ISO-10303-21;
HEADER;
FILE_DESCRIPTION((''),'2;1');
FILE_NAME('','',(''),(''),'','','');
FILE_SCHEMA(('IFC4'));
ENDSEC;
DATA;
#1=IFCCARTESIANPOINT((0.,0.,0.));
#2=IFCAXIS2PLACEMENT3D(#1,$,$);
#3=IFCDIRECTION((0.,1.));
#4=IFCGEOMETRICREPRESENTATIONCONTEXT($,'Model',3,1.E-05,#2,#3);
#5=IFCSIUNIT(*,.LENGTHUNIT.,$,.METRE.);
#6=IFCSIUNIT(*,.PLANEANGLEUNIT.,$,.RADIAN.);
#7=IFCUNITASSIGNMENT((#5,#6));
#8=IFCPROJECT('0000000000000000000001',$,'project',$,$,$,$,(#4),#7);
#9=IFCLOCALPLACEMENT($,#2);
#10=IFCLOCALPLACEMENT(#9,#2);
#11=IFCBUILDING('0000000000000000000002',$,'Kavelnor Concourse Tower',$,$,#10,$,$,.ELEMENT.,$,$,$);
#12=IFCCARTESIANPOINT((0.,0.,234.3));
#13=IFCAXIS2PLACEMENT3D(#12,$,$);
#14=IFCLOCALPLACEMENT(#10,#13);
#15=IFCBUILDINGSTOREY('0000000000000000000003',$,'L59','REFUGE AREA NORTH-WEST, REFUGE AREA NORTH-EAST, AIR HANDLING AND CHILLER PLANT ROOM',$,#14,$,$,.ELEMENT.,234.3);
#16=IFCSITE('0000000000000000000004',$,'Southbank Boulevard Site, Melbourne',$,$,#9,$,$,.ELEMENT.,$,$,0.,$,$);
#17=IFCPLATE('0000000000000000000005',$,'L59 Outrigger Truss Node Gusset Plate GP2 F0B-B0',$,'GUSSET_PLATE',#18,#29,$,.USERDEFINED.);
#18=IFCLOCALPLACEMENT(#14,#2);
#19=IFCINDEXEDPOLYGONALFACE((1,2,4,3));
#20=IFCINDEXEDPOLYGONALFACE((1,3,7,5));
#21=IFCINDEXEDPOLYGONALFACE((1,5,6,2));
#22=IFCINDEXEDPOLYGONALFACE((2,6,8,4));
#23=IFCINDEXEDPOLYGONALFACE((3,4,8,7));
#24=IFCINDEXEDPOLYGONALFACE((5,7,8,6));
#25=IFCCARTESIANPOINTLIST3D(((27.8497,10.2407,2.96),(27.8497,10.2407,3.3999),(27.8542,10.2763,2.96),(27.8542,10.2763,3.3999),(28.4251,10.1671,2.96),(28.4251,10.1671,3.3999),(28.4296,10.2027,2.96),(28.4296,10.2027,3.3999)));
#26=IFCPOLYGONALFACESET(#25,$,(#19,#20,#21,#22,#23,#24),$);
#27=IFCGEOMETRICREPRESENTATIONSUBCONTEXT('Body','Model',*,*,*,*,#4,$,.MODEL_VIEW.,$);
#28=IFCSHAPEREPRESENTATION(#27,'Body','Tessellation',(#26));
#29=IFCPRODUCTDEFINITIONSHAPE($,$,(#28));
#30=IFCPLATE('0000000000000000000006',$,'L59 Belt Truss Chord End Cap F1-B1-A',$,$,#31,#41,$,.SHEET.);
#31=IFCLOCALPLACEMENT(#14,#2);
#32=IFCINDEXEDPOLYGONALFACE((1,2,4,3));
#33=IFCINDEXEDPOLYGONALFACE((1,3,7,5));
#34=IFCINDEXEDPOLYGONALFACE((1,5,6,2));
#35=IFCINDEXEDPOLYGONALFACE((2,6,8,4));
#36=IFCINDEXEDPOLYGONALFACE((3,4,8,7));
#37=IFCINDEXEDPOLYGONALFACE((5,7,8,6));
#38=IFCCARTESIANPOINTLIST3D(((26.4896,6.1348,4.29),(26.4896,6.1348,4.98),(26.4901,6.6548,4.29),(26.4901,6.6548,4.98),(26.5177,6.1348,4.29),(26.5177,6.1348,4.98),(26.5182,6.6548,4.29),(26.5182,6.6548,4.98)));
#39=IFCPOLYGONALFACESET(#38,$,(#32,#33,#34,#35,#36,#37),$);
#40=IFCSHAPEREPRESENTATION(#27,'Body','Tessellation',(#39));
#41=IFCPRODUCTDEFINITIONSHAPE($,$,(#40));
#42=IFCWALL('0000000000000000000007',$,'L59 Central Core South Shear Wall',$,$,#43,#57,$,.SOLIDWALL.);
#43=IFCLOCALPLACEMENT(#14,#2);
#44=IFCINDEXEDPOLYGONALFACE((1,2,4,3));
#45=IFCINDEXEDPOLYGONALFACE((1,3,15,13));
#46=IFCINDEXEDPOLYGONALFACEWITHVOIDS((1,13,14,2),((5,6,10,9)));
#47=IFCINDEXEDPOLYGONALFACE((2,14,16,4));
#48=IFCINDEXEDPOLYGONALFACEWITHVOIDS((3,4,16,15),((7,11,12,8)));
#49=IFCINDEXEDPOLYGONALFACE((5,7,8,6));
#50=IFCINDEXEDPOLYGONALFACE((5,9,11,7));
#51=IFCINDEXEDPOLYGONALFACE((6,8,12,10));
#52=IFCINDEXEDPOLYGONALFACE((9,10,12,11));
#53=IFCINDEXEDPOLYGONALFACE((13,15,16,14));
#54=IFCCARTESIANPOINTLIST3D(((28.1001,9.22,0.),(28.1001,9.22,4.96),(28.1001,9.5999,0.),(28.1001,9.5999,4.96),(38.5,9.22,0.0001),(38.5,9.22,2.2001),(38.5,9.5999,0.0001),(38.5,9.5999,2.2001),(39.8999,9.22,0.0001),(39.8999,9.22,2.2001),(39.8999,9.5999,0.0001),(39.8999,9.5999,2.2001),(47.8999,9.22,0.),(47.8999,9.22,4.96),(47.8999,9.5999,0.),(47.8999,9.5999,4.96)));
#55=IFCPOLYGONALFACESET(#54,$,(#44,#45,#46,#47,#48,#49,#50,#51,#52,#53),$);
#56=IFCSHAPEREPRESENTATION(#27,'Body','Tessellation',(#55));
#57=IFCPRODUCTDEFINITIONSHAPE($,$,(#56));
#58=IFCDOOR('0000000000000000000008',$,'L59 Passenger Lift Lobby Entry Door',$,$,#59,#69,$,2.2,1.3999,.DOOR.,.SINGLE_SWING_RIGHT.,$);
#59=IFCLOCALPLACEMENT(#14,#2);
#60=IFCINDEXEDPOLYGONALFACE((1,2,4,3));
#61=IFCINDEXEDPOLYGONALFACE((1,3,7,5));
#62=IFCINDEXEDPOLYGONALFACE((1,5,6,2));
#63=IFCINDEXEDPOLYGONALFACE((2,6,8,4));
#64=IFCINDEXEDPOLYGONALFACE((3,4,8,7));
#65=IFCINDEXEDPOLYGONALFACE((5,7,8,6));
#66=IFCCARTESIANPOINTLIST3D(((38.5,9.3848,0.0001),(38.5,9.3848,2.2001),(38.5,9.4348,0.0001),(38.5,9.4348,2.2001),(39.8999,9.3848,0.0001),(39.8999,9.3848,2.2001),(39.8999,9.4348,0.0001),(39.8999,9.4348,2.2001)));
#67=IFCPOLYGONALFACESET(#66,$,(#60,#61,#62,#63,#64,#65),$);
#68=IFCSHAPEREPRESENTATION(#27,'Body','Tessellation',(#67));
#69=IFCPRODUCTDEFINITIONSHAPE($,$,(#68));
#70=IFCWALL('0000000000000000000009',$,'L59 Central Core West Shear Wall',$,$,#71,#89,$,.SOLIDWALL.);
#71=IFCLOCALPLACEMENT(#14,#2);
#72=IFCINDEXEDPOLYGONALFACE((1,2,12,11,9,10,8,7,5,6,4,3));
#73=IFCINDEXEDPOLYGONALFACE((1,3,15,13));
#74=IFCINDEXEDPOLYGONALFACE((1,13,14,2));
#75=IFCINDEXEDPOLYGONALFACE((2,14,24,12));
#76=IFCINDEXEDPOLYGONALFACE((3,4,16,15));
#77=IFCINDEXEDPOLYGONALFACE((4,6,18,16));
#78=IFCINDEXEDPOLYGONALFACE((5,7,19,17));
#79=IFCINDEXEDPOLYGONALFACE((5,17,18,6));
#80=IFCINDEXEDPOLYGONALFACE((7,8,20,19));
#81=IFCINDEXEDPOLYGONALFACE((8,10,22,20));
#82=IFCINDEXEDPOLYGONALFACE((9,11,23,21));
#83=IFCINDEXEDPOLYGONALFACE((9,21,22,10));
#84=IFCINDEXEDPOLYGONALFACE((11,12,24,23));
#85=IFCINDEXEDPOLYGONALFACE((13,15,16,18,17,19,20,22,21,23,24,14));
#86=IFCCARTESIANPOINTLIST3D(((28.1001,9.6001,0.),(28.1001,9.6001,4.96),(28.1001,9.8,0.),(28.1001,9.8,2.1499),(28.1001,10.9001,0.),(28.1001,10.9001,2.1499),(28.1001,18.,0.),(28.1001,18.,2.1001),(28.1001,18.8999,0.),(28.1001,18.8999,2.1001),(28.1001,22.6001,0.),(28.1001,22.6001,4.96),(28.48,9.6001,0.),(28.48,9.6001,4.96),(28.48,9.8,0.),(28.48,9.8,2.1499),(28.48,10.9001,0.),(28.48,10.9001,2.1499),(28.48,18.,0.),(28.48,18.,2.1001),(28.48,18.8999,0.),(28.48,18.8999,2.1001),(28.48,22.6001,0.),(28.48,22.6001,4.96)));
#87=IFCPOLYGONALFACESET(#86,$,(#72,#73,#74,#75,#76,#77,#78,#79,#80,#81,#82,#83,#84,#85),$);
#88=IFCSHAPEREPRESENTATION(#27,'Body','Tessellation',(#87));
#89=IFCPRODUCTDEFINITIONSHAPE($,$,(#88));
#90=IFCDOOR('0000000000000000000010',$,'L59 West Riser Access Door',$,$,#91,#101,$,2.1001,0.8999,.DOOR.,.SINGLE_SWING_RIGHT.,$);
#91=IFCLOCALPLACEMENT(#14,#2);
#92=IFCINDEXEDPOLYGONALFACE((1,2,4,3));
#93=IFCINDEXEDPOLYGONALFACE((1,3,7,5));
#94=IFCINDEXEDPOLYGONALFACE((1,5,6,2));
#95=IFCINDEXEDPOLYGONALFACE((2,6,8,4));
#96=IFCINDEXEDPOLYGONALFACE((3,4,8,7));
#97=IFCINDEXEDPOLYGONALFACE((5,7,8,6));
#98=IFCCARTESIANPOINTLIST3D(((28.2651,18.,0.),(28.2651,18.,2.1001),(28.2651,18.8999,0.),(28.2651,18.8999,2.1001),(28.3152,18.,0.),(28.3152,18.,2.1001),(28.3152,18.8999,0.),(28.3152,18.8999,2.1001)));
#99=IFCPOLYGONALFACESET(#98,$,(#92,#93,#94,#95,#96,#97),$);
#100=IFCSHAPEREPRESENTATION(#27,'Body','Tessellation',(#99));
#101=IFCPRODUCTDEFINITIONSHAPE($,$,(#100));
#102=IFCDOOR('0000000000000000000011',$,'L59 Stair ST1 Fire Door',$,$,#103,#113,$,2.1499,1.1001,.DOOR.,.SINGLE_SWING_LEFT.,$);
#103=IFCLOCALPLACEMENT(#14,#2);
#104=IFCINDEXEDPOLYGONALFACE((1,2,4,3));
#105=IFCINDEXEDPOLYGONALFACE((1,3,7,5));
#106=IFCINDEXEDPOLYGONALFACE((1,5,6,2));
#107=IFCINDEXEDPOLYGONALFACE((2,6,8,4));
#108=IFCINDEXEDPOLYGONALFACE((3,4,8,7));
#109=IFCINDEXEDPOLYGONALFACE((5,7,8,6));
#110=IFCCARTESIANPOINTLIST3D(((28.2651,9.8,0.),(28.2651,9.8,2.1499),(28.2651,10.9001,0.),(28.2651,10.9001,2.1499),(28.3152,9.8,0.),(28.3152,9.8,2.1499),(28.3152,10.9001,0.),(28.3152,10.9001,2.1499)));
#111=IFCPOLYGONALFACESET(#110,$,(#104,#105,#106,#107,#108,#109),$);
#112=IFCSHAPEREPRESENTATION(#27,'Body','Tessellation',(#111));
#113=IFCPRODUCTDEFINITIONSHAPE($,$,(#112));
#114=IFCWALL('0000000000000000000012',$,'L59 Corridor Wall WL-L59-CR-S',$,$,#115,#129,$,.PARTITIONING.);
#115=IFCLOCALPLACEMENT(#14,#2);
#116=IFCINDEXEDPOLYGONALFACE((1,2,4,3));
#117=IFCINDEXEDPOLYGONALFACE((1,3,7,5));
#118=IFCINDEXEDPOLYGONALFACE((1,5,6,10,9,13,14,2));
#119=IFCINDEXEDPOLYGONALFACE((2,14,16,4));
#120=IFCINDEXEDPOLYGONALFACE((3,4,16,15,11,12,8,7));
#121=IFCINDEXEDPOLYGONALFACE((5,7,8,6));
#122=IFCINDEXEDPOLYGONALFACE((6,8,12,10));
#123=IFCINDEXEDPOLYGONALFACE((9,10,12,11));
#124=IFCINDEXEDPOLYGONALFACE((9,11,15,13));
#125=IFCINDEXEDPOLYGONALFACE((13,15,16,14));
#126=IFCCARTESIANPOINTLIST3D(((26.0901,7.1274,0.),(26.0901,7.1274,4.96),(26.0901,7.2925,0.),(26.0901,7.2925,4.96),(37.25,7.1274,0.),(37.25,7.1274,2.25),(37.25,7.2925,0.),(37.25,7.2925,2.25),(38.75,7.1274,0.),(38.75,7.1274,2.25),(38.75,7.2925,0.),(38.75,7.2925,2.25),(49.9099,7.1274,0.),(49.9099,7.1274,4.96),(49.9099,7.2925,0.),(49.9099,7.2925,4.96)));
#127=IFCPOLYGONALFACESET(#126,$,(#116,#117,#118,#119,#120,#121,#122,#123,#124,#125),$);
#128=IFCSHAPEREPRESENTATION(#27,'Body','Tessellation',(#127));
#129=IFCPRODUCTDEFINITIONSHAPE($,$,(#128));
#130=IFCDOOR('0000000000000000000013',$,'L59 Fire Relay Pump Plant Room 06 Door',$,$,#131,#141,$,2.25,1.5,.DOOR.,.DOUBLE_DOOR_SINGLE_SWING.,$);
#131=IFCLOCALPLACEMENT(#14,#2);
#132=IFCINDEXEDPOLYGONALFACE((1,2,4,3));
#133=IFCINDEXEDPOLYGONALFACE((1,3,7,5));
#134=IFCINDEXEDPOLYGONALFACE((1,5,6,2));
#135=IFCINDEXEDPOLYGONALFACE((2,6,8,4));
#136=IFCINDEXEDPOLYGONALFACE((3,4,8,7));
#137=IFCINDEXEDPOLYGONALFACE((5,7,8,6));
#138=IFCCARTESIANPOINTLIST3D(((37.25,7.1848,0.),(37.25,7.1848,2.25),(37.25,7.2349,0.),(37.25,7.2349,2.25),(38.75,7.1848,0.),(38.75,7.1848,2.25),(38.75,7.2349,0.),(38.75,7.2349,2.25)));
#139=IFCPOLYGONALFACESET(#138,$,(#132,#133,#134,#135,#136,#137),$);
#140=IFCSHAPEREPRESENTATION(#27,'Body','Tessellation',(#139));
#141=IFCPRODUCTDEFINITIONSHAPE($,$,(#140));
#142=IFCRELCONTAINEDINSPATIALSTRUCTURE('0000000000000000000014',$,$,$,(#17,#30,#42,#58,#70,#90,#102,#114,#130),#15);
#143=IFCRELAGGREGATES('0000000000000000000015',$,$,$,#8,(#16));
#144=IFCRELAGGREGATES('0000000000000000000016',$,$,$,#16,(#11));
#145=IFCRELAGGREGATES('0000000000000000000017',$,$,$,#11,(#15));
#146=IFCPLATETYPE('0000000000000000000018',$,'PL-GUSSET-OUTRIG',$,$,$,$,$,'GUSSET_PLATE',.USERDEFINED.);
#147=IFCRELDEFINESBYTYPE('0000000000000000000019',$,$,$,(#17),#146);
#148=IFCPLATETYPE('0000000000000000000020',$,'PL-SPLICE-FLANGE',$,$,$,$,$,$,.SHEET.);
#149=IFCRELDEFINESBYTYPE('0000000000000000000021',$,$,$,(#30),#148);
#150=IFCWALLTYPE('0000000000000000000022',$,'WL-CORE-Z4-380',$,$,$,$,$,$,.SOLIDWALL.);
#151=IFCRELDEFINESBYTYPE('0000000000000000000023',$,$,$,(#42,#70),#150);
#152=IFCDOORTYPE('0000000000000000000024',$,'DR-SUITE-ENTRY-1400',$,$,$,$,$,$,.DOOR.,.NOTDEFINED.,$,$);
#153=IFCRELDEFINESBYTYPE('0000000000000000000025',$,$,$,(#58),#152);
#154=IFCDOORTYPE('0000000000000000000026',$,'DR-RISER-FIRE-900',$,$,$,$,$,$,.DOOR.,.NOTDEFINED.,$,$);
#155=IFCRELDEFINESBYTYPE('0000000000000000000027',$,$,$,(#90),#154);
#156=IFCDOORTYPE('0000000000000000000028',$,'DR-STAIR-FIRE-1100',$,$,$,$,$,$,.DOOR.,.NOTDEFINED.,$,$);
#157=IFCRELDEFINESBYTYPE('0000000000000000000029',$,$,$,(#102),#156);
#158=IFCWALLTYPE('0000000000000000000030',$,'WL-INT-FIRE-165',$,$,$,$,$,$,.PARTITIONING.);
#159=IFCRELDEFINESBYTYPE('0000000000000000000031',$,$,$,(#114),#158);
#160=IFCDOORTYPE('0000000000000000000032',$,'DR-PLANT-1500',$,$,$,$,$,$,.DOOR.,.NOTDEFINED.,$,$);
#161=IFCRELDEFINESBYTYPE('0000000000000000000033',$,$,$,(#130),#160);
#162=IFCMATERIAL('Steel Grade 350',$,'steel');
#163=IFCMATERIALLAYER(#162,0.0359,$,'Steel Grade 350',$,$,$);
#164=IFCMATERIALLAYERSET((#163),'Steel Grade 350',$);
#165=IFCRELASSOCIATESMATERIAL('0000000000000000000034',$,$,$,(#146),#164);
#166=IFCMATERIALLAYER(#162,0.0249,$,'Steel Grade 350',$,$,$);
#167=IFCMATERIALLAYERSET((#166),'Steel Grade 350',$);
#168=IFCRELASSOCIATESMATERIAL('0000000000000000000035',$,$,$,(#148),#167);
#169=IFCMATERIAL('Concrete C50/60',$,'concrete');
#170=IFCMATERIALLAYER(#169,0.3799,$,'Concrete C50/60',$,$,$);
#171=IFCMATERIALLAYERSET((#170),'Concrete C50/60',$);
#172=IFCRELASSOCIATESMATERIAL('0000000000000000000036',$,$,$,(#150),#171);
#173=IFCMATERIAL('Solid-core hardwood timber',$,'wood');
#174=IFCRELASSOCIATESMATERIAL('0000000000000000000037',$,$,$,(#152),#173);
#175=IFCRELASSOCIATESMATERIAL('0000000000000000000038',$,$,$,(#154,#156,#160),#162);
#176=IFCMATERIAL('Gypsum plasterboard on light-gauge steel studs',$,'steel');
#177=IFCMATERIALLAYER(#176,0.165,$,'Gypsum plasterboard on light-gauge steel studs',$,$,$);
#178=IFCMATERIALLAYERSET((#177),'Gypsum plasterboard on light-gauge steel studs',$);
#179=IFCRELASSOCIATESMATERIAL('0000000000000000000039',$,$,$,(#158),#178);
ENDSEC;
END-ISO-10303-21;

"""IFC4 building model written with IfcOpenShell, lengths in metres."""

from ifc_helpers import new_model, si_unit, direction, frame, frame_2d, origin, origin_2d, place, context, subcontext, project, spatial, rectangle, extrude, material, layer, layer_set, type_object, element, fill, save


model = new_model("IFC4")

# Units and contexts
model_context = context("Model", 3, precision=1e-05, world=origin(), true_north=direction((0.0, 1.0)))
body_context = subcontext(model_context, "Body", "Model", "MODEL_VIEW")
ifc_project = project(units=[si_unit("LENGTHUNIT", "METRE"), si_unit("PLANEANGLEUNIT", "RADIAN")], contexts=[model_context])

# Site, building, storey
site_placement = place(None, origin())
site = spatial("IfcSite", under=ifc_project, at=site_placement, Name="Southbank Boulevard Site, Melbourne", CompositionType="ELEMENT", RefElevation=0.0)
building_placement = place(site_placement, origin())
building = spatial("IfcBuilding", under=site, at=building_placement, Name="Kavelnor Concourse Tower", CompositionType="ELEMENT")
storey_placement = place(building_placement, frame((0.0, 0.0, 234.3)))
storey = spatial("IfcBuildingStorey", under=building, at=storey_placement, Name="L59", Description="REFUGE AREA NORTH-WEST, REFUGE AREA NORTH-EAST, AIR HANDLING AND CHILLER PLANT ROOM", CompositionType="ELEMENT", Elevation=234.3)

# Shared definitions
ifc_material_1 = material(Name="Steel Grade 350", Category="steel")

# Plates
ifc_layer_1 = layer(ifc_material_1, 0.0359, Name="Steel Grade 350")
ifc_layer_set_1 = layer_set([ifc_layer_1], Name="Steel Grade 350")
plate_type_1 = type_object("IfcPlateType", Name="PL-GUSSET-OUTRIG", ElementType="GUSSET_PLATE", PredefinedType="USERDEFINED", material=ifc_layer_set_1)
plate_1_placement = place(storey_placement, frame((28.1396, 10.2217, 2.96), z_axis=(0.0, 0.0, 1.0), x_axis=(-0.991917, 0.126891, 0.0)))
element("IfcPlate", 1, at=plate_1_placement, inside=storey, type_object=plate_type_1, Name="L59 Outrigger Truss Node Gusset Plate GP2 F0B-B0", ObjectType="GUSSET_PLATE", PredefinedType="USERDEFINED", context=body_context, shape_type="SweptSolid", body=[
    extrude(rectangle(XDim=0.5801, YDim=0.0359, at=origin_2d()), origin(), (0.0, 0.0, 1.0), 0.4399),
])
ifc_layer_2 = layer(ifc_material_1, 0.0249, Name="Steel Grade 350")
ifc_layer_set_2 = layer_set([ifc_layer_2], Name="Steel Grade 350")
plate_type_2 = type_object("IfcPlateType", Name="PL-SPLICE-FLANGE", PredefinedType="SHEET", material=ifc_layer_set_2)
plate_2_placement = place(storey_placement, frame((26.5039, 6.3948, 4.29), z_axis=(0.0, 0.0, 1.0), x_axis=(-0.000873, -1.0, 0.0)))
element("IfcPlate", 2, at=plate_2_placement, inside=storey, type_object=plate_type_2, Name="L59 Belt Truss Chord End Cap F1-B1-A", PredefinedType="SHEET", context=body_context, shape_type="SweptSolid", body=[
    extrude(rectangle(XDim=0.52, YDim=0.0281, at=origin_2d()), origin(), (0.0, 0.0, 1.0), 0.6899),
])

# Wall, opening, door
ifc_material_2 = material(Name="Concrete C50/60", Category="concrete")
ifc_layer_3 = layer(ifc_material_2, 0.3799, Name="Concrete C50/60")
ifc_layer_set_3 = layer_set([ifc_layer_3], Name="Concrete C50/60")
wall_type_1 = type_object("IfcWallType", Name="WL-CORE-Z4-380", PredefinedType="SOLIDWALL", material=ifc_layer_set_3)
wall_1_placement = place(storey_placement, frame((28.1001, 9.4099, 0.0), z_axis=(0.0, 0.0, 1.0), x_axis=(1.0, 0.0, 0.0)))
wall_1 = element("IfcWall", 3, at=wall_1_placement, inside=storey, type_object=wall_type_1, Name="L59 Central Core South Shear Wall", PredefinedType="SOLIDWALL", context=body_context, shape_type="SweptSolid", body=[
    extrude(rectangle(XDim=19.7998, YDim=0.3799, at=frame_2d((9.8999, 0.0))), origin(), (0.0, 0.0, 1.0), 4.96),
])
opening_1_placement = place(wall_1_placement, frame((10.3999, 0.0, 0.0)))
opening_1 = element("IfcOpeningElement", 4, at=opening_1_placement, cuts=wall_1, PredefinedType="OPENING", context=body_context, shape_type="SweptSolid", body=[
    extrude(rectangle(XDim=1.3999, YDim=2.2, at=frame_2d((0.7, 1.1001))), frame((0.0, 0.2, 0.0), z_axis=(0.0, -1.0, 0.0), x_axis=(1.0, 0.0, 0.0)), (0.0, 0.0, 1.0), 0.3999),
])
ifc_material_3 = material(Name="Solid-core hardwood timber", Category="wood")
door_type_1 = type_object("IfcDoorType", Name="DR-SUITE-ENTRY-1400", OperationType="NOTDEFINED", PredefinedType="DOOR", material=ifc_material_3)
door_1_placement = place(opening_1_placement, origin())
door_1 = element("IfcDoor", 5, at=door_1_placement, inside=storey, type_object=door_type_1, Name="L59 Passenger Lift Lobby Entry Door", OperationType="SINGLE_SWING_RIGHT", OverallHeight=2.2, OverallWidth=1.3999, PredefinedType="DOOR", context=body_context, shape_type="SweptSolid", body=[
    extrude(rectangle(XDim=1.3999, YDim=2.2, at=frame_2d((0.7, 1.1001))), frame((0.0, 0.0249, 0.0), z_axis=(0.0, -1.0, 0.0), x_axis=(1.0, 0.0, 0.0)), (0.0, 0.0, 1.0), 0.05),
])
fill(opening_1, door_1)

# Wall, openings, doors
wall_2_placement = place(storey_placement, frame((28.29, 9.6001, 0.0), z_axis=(0.0, 0.0, 1.0), x_axis=(0.0, 1.0, 0.0)))
wall_2 = element("IfcWall", 6, at=wall_2_placement, inside=storey, type_object=wall_type_1, Name="L59 Central Core West Shear Wall", PredefinedType="SOLIDWALL", context=body_context, shape_type="SweptSolid", body=[
    extrude(rectangle(XDim=13.0, YDim=0.3799, at=frame_2d((6.5, 0.0))), origin(), (0.0, 0.0, 1.0), 4.96),
])
opening_2_placement = place(wall_2_placement, frame((0.2, 0.0, 0.0)))
opening_2 = element("IfcOpeningElement", 7, at=opening_2_placement, cuts=wall_2, PredefinedType="OPENING", context=body_context, shape_type="SweptSolid", body=[
    extrude(rectangle(XDim=1.1001, YDim=2.1499, at=frame_2d((0.55, 1.075))), frame((0.0, 0.2, 0.0), z_axis=(0.0, -1.0, 0.0), x_axis=(1.0, 0.0, 0.0)), (0.0, 0.0, 1.0), 0.3999),
])
opening_3_placement = place(wall_2_placement, frame((8.3999, 0.0, 0.0)))
opening_3 = element("IfcOpeningElement", 8, at=opening_3_placement, cuts=wall_2, PredefinedType="OPENING", context=body_context, shape_type="SweptSolid", body=[
    extrude(rectangle(XDim=0.8999, YDim=2.1001, at=frame_2d((0.45, 1.05))), frame((0.0, 0.2, 0.0), z_axis=(0.0, -1.0, 0.0), x_axis=(1.0, 0.0, 0.0)), (0.0, 0.0, 1.0), 0.3999),
])
door_type_2 = type_object("IfcDoorType", Name="DR-RISER-FIRE-900", OperationType="NOTDEFINED", PredefinedType="DOOR", material=ifc_material_1)
door_2_placement = place(opening_3_placement, origin())
door_2 = element("IfcDoor", 9, at=door_2_placement, inside=storey, type_object=door_type_2, Name="L59 West Riser Access Door", OperationType="SINGLE_SWING_RIGHT", OverallHeight=2.1001, OverallWidth=0.8999, PredefinedType="DOOR", context=body_context, shape_type="SweptSolid", body=[
    extrude(rectangle(XDim=0.8999, YDim=2.1001, at=frame_2d((0.45, 1.05))), frame((0.0, 0.0249, 0.0), z_axis=(0.0, -1.0, 0.0), x_axis=(1.0, 0.0, 0.0)), (0.0, 0.0, 1.0), 0.05),
])
fill(opening_3, door_2)
door_type_3 = type_object("IfcDoorType", Name="DR-STAIR-FIRE-1100", OperationType="NOTDEFINED", PredefinedType="DOOR", material=ifc_material_1)
door_3_placement = place(opening_2_placement, origin())
door_3 = element("IfcDoor", 10, at=door_3_placement, inside=storey, type_object=door_type_3, Name="L59 Stair ST1 Fire Door", OperationType="SINGLE_SWING_LEFT", OverallHeight=2.1499, OverallWidth=1.1001, PredefinedType="DOOR", context=body_context, shape_type="SweptSolid", body=[
    extrude(rectangle(XDim=1.1001, YDim=2.1499, at=frame_2d((0.55, 1.075))), frame((0.0, 0.0249, 0.0), z_axis=(0.0, -1.0, 0.0), x_axis=(1.0, 0.0, 0.0)), (0.0, 0.0, 1.0), 0.05),
])
fill(opening_2, door_3)

# Wall, opening, door
ifc_material_4 = material(Name="Gypsum plasterboard on light-gauge steel studs", Category="steel")
ifc_layer_4 = layer(ifc_material_4, 0.165, Name="Gypsum plasterboard on light-gauge steel studs")
ifc_layer_set_4 = layer_set([ifc_layer_4], Name="Gypsum plasterboard on light-gauge steel studs")
wall_type_2 = type_object("IfcWallType", Name="WL-INT-FIRE-165", PredefinedType="PARTITIONING", material=ifc_layer_set_4)
wall_3_placement = place(storey_placement, frame((26.0901, 7.21, 0.0), z_axis=(0.0, 0.0, 1.0), x_axis=(1.0, 0.0, 0.0)))
wall_3 = element("IfcWall", 11, at=wall_3_placement, inside=storey, type_object=wall_type_2, Name="L59 Corridor Wall WL-L59-CR-S", PredefinedType="PARTITIONING", context=body_context, shape_type="SweptSolid", body=[
    extrude(rectangle(XDim=23.8198, YDim=0.165, at=frame_2d((11.9099, 0.0))), origin(), (0.0, 0.0, 1.0), 4.96),
])
opening_4_placement = place(wall_3_placement, frame((11.1599, 0.0, 0.0)))
opening_4 = element("IfcOpeningElement", 12, at=opening_4_placement, cuts=wall_3, PredefinedType="OPENING", context=body_context, shape_type="SweptSolid", body=[
    extrude(rectangle(XDim=1.5, YDim=2.25, at=frame_2d((0.75, 1.125))), frame((0.0, 0.0925, 0.0), z_axis=(0.0, -1.0, 0.0), x_axis=(1.0, 0.0, 0.0)), (0.0, 0.0, 1.0), 0.1851),
])
door_type_4 = type_object("IfcDoorType", Name="DR-PLANT-1500", OperationType="NOTDEFINED", PredefinedType="DOOR", material=ifc_material_1)
door_4_placement = place(opening_4_placement, origin())
door_4 = element("IfcDoor", 13, at=door_4_placement, inside=storey, type_object=door_type_4, Name="L59 Fire Relay Pump Plant Room 06 Door", OperationType="DOUBLE_DOOR_SINGLE_SWING", OverallHeight=2.25, OverallWidth=1.5, PredefinedType="DOOR", context=body_context, shape_type="SweptSolid", body=[
    extrude(rectangle(XDim=1.5, YDim=2.25, at=frame_2d((0.75, 1.125))), frame((0.0, 0.0249, 0.0), z_axis=(0.0, -1.0, 0.0), x_axis=(1.0, 0.0, 0.0)), (0.0, 0.0, 1.0), 0.05),
])
fill(opening_4, door_4)

save(model, "model.ifc")
